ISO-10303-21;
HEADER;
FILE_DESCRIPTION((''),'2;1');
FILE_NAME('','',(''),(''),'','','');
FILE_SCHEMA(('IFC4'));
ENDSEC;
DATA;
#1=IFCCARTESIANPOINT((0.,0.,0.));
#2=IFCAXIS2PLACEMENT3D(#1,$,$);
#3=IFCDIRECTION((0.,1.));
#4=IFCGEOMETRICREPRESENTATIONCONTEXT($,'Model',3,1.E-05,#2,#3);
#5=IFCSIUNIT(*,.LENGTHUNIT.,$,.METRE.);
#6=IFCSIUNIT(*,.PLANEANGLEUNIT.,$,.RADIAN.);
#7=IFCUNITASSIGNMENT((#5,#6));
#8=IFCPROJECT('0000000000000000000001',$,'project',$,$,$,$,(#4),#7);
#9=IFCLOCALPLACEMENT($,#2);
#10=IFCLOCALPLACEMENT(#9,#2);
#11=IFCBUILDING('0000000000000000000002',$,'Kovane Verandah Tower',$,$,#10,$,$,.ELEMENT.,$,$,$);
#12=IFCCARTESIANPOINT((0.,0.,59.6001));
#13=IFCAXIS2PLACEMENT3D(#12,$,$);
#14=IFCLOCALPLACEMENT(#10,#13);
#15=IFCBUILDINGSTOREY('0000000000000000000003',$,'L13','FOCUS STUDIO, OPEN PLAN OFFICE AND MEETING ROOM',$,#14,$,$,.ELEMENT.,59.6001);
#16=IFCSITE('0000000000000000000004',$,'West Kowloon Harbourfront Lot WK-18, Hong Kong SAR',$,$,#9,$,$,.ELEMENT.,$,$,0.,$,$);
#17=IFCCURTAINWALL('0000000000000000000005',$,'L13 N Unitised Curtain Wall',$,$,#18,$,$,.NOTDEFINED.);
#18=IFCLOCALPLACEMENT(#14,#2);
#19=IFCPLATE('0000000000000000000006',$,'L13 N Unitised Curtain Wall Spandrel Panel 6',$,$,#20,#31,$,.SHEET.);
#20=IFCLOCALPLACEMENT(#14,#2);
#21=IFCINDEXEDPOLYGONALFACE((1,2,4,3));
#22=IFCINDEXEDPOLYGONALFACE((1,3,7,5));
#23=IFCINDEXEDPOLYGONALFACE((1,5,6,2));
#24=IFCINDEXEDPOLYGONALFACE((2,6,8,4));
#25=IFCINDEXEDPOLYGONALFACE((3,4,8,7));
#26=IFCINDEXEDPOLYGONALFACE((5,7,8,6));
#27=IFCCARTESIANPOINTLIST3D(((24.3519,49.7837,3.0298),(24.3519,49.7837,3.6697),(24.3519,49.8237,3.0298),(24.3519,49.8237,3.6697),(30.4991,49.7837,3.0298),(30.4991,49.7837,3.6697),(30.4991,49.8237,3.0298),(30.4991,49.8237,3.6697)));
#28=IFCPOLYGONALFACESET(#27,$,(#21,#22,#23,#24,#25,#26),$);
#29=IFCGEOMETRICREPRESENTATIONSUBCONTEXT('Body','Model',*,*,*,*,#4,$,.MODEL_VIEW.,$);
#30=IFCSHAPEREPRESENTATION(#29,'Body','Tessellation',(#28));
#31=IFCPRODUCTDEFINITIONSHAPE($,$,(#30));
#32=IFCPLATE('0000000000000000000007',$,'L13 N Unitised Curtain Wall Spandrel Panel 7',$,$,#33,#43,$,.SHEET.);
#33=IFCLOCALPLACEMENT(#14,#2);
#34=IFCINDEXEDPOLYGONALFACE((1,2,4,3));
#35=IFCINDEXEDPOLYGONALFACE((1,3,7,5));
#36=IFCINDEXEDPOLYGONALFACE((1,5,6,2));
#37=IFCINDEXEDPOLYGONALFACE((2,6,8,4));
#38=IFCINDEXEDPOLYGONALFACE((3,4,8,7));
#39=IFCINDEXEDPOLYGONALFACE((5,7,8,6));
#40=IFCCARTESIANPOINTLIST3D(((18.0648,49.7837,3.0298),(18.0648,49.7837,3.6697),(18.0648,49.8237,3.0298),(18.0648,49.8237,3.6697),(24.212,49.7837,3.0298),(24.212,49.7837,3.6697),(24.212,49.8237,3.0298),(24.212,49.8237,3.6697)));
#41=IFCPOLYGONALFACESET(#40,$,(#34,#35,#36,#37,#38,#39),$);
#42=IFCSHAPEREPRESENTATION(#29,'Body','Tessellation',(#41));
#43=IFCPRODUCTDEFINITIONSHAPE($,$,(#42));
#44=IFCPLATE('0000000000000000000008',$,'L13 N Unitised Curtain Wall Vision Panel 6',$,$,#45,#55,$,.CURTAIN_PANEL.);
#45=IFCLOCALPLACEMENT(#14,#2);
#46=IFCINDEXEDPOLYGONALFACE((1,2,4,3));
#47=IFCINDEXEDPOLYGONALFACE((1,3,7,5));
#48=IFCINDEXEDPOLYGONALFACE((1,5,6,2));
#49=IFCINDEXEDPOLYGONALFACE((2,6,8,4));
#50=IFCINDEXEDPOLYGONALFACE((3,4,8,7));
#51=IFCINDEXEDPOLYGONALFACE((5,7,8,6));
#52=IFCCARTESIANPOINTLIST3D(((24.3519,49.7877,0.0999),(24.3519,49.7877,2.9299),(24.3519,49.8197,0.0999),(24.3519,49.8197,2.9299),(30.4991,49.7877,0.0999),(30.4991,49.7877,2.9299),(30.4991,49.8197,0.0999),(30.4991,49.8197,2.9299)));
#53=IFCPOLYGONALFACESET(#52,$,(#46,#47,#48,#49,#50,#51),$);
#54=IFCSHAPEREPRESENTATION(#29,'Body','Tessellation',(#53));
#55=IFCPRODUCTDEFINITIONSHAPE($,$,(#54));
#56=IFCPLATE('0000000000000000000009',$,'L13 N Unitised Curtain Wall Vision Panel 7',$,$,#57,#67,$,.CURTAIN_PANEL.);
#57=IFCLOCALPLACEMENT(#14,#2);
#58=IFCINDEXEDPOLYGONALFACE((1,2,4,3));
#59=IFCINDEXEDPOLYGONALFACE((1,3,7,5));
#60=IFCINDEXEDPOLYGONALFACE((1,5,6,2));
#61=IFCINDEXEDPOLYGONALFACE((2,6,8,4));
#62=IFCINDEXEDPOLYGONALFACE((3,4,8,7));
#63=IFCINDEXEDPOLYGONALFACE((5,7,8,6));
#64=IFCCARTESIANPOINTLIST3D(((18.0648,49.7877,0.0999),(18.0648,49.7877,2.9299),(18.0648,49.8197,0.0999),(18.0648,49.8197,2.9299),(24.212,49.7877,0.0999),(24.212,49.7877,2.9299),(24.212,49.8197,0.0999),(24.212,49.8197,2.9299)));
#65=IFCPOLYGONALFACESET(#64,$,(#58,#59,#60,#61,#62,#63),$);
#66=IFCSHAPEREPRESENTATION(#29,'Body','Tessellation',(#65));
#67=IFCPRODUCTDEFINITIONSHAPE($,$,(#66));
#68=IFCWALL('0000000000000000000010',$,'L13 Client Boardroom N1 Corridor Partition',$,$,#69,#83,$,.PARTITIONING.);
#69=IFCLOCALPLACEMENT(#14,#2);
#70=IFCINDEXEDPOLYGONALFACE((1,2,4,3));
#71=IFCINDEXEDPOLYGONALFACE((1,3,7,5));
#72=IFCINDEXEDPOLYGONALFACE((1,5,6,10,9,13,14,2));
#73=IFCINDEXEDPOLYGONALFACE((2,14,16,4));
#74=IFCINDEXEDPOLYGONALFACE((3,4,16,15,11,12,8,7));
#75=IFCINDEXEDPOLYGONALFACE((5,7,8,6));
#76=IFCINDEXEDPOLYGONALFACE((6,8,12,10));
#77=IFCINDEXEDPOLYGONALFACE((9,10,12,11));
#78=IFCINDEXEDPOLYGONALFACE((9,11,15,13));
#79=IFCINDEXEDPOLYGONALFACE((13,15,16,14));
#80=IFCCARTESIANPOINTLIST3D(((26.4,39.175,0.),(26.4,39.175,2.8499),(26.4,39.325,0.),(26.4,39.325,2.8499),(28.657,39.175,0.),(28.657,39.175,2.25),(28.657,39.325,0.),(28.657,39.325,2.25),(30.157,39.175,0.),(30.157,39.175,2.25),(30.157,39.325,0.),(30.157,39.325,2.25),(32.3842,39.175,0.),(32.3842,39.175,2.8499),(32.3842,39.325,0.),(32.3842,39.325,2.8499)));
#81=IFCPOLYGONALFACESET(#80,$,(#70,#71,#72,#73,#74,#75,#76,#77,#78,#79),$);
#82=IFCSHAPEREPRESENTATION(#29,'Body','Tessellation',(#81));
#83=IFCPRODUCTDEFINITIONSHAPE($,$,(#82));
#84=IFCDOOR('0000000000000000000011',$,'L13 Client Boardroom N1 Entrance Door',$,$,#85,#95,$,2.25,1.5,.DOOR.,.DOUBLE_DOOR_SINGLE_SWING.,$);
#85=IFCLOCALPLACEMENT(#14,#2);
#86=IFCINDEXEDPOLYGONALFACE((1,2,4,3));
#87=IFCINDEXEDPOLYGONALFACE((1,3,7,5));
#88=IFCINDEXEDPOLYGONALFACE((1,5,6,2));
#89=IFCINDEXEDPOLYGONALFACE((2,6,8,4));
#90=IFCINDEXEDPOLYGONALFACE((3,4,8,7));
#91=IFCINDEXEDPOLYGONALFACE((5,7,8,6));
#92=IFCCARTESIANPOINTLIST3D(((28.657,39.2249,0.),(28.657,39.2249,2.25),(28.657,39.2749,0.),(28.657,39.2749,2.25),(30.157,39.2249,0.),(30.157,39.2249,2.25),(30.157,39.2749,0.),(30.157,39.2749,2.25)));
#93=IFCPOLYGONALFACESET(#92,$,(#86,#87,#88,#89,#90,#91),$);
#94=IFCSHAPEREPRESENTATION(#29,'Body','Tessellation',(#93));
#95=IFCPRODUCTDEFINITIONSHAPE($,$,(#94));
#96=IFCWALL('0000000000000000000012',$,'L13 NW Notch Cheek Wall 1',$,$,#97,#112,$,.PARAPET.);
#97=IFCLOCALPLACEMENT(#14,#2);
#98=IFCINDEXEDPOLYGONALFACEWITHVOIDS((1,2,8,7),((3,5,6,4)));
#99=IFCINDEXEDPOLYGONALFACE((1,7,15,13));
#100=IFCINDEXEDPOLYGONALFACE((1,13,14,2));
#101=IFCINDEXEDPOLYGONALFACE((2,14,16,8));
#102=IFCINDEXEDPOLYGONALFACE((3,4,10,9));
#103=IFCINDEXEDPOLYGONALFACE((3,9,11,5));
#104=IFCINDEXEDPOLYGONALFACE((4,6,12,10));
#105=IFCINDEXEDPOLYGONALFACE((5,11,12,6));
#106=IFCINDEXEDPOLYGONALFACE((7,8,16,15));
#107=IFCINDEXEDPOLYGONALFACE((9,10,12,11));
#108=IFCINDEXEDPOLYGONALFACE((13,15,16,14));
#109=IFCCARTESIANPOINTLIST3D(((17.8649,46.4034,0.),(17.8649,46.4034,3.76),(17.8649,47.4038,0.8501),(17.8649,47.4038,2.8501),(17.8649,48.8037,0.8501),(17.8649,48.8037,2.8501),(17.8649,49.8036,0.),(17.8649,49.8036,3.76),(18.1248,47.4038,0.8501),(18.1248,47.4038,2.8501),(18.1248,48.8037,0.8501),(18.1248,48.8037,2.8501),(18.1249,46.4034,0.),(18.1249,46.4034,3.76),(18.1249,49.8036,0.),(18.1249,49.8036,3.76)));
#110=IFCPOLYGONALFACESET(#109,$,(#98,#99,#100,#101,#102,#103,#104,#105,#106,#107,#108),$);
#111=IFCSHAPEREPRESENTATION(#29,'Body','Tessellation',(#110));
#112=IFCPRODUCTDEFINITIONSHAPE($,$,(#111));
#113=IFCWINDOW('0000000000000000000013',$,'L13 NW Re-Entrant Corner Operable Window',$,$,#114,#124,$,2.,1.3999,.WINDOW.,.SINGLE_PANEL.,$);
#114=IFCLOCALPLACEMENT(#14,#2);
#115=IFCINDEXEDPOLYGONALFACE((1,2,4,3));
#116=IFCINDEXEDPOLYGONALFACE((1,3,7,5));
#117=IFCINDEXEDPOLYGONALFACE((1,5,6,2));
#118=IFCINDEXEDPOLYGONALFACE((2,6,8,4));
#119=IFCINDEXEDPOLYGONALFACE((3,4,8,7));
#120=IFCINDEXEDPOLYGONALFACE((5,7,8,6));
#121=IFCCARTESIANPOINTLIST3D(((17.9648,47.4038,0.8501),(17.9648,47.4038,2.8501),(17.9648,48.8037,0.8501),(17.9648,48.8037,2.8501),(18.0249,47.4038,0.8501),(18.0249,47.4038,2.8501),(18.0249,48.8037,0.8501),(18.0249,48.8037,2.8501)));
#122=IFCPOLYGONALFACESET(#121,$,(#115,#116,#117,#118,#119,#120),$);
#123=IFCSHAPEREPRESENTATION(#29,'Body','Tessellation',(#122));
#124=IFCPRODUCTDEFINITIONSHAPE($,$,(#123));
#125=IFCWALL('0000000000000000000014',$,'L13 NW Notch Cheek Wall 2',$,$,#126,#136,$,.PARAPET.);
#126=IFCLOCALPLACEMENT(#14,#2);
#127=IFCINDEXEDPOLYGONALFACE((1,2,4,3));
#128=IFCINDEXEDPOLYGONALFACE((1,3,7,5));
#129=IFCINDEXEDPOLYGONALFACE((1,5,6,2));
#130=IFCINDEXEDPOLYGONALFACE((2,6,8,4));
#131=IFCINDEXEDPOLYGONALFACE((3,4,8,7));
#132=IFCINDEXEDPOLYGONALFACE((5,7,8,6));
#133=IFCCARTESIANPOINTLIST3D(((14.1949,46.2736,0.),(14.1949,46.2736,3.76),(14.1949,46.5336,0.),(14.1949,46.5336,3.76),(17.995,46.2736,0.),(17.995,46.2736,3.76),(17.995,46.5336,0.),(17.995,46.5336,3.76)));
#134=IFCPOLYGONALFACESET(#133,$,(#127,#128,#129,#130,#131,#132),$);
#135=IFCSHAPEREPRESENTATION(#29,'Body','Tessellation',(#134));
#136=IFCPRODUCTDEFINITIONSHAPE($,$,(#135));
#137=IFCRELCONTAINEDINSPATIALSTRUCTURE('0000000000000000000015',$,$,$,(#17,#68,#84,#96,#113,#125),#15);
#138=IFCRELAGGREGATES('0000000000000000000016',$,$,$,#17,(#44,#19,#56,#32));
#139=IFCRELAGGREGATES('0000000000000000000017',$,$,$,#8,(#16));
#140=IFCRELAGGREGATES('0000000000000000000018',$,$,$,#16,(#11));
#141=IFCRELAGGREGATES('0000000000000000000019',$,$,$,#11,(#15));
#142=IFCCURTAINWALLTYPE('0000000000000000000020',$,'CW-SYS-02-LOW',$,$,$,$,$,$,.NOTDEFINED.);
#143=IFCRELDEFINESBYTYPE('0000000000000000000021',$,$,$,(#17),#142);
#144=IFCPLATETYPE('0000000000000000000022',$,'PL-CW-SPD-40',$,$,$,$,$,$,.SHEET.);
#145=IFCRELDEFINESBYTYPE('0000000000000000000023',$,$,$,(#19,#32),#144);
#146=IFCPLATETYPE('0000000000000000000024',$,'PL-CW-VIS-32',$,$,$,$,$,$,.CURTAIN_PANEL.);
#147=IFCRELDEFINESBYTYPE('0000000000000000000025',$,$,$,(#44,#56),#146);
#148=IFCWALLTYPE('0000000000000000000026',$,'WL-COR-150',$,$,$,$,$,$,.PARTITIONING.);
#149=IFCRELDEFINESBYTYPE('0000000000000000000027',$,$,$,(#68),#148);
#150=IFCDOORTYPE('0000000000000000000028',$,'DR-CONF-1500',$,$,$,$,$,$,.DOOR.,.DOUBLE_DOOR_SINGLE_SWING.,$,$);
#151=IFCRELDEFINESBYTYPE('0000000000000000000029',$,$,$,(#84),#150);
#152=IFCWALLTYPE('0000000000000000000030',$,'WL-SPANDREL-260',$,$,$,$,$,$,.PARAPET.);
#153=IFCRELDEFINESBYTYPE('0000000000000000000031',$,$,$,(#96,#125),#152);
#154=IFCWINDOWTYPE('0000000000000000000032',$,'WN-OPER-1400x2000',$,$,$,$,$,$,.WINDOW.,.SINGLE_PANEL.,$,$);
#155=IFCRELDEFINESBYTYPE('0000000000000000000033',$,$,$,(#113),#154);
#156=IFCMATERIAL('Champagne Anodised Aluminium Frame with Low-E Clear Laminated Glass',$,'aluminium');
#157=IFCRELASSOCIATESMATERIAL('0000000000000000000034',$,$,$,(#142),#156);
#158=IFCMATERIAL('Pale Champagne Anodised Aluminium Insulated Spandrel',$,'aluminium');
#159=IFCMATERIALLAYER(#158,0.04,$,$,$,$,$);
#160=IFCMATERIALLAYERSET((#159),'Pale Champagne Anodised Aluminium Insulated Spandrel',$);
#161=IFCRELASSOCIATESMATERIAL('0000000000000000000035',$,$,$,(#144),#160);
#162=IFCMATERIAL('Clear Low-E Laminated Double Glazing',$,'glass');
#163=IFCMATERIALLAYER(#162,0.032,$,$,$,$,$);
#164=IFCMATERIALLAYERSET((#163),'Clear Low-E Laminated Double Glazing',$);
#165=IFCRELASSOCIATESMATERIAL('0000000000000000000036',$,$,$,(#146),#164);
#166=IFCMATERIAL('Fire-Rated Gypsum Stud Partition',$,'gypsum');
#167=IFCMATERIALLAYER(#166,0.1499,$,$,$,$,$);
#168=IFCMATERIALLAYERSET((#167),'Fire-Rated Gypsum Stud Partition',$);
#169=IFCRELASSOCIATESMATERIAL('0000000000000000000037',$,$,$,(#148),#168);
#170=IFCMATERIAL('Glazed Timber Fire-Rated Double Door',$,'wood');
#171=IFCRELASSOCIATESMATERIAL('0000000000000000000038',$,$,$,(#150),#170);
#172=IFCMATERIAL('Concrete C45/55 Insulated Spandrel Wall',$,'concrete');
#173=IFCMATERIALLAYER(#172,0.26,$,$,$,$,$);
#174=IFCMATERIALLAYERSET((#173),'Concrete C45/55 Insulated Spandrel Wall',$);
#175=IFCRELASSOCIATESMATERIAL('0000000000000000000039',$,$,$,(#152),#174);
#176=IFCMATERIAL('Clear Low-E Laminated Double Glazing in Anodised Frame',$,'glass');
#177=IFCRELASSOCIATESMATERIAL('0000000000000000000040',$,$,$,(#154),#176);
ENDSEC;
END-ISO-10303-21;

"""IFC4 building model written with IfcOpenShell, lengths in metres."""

from ifc_helpers import new_model, si_unit, direction, frame, frame_2d, origin, origin_2d, place, context, subcontext, project, spatial, rectangle, extrude, material, layer, layer_set, type_object, element, fill, aggregate, save


model = new_model("IFC4")

# Units and contexts
model_context = context("Model", 3, precision=1e-05, world=origin(), true_north=direction((0.0, 1.0)))
body_context = subcontext(model_context, "Body", "Model", "MODEL_VIEW")
ifc_project = project(units=[si_unit("LENGTHUNIT", "METRE"), si_unit("PLANEANGLEUNIT", "RADIAN")], contexts=[model_context])

# Site, building, storey
site_placement = place(None, origin())
site = spatial("IfcSite", under=ifc_project, at=site_placement, Name="West Kowloon Harbourfront Lot WK-18, Hong Kong SAR", CompositionType="ELEMENT", RefElevation=0.0)
building_placement = place(site_placement, origin())
building = spatial("IfcBuilding", under=site, at=building_placement, Name="Kovane Verandah Tower", CompositionType="ELEMENT")
storey_placement = place(building_placement, frame((0.0, 0.0, 59.6001)))
storey = spatial("IfcBuildingStorey", under=building, at=storey_placement, Name="L13", Description="FOCUS STUDIO, OPEN PLAN OFFICE AND MEETING ROOM", CompositionType="ELEMENT", Elevation=59.6001)

# Curtain wall
ifc_material_1 = material(Name="Champagne Anodised Aluminium Frame with Low-E Clear Laminated Glass", Category="aluminium")
curtain_wall_type = type_object("IfcCurtainWallType", Name="CW-SYS-02-LOW", PredefinedType="NOTDEFINED", material=ifc_material_1)
curtain_wall_placement = place(storey_placement, origin())
curtain_wall = element("IfcCurtainWall", 1, at=curtain_wall_placement, inside=storey, type_object=curtain_wall_type, Name="L13 N Unitised Curtain Wall", PredefinedType="NOTDEFINED")

# Plates
ifc_material_2 = material(Name="Pale Champagne Anodised Aluminium Insulated Spandrel", Category="aluminium")
ifc_layer_1 = layer(ifc_material_2, 0.04)
ifc_layer_set_1 = layer_set([ifc_layer_1], Name="Pale Champagne Anodised Aluminium Insulated Spandrel")
plate_type_1 = type_object("IfcPlateType", Name="PL-CW-SPD-40", PredefinedType="SHEET", material=ifc_layer_set_1)
plate_1_placement = place(storey_placement, frame((27.4255, 49.8037, 3.0298), z_axis=(0.0, 0.0, 1.0), x_axis=(-1.0, 0.0, 0.0)))
plate_1 = element("IfcPlate", 2, at=plate_1_placement, type_object=plate_type_1, Name="L13 N Unitised Curtain Wall Spandrel Panel 6", PredefinedType="SHEET", context=body_context, shape_type="SweptSolid", body=[
    extrude(rectangle(XDim=6.1472, YDim=0.04, at=origin_2d()), origin(), (0.0, 0.0, 1.0), 0.6399),
])
plate_2_placement = place(storey_placement, frame((21.1384, 49.8037, 3.0298), z_axis=(0.0, 0.0, 1.0), x_axis=(-1.0, 0.0, 0.0)))
plate_2 = element("IfcPlate", 3, at=plate_2_placement, type_object=plate_type_1, Name="L13 N Unitised Curtain Wall Spandrel Panel 7", PredefinedType="SHEET", context=body_context, shape_type="SweptSolid", body=[
    extrude(rectangle(XDim=6.1472, YDim=0.04, at=origin_2d()), origin(), (0.0, 0.0, 1.0), 0.6399),
])
ifc_material_3 = material(Name="Clear Low-E Laminated Double Glazing", Category="glass")
ifc_layer_2 = layer(ifc_material_3, 0.032)
ifc_layer_set_2 = layer_set([ifc_layer_2], Name="Clear Low-E Laminated Double Glazing")
plate_type_2 = type_object("IfcPlateType", Name="PL-CW-VIS-32", PredefinedType="CURTAIN_PANEL", material=ifc_layer_set_2)
plate_3_placement = place(storey_placement, frame((27.4255, 49.8037, 0.0999), z_axis=(0.0, 0.0, 1.0), x_axis=(-1.0, 0.0, 0.0)))
plate_3 = element("IfcPlate", 4, at=plate_3_placement, type_object=plate_type_2, Name="L13 N Unitised Curtain Wall Vision Panel 6", PredefinedType="CURTAIN_PANEL", context=body_context, shape_type="SweptSolid", body=[
    extrude(rectangle(XDim=6.1472, YDim=0.032, at=origin_2d()), origin(), (0.0, 0.0, 1.0), 2.8301),
])
plate_4_placement = place(storey_placement, frame((21.1384, 49.8037, 0.0999), z_axis=(0.0, 0.0, 1.0), x_axis=(-1.0, 0.0, 0.0)))
plate_4 = element("IfcPlate", 5, at=plate_4_placement, type_object=plate_type_2, Name="L13 N Unitised Curtain Wall Vision Panel 7", PredefinedType="CURTAIN_PANEL", context=body_context, shape_type="SweptSolid", body=[
    extrude(rectangle(XDim=6.1472, YDim=0.032, at=origin_2d()), origin(), (0.0, 0.0, 1.0), 2.8301),
])
aggregate(curtain_wall, [plate_3, plate_1, plate_4, plate_2])

# Wall, opening, door
ifc_material_4 = material(Name="Fire-Rated Gypsum Stud Partition", Category="gypsum")
ifc_layer_3 = layer(ifc_material_4, 0.1499)
ifc_layer_set_3 = layer_set([ifc_layer_3], Name="Fire-Rated Gypsum Stud Partition")
wall_type_1 = type_object("IfcWallType", Name="WL-COR-150", PredefinedType="PARTITIONING", material=ifc_layer_set_3)
wall_1_placement = place(storey_placement, frame((26.3999, 39.25, 0.0), z_axis=(0.0, 0.0, 1.0), x_axis=(1.0, 0.0, 0.0)))
wall_1 = element("IfcWall", 6, at=wall_1_placement, inside=storey, type_object=wall_type_1, Name="L13 Client Boardroom N1 Corridor Partition", PredefinedType="PARTITIONING", context=body_context, shape_type="SweptSolid", body=[
    extrude(rectangle(XDim=5.9841, YDim=0.1499, at=frame_2d((2.9922, 0.0))), origin(), (0.0, 0.0, 1.0), 2.8499),
])
opening_1_placement = place(wall_1_placement, frame((2.2571, 0.0, 0.0)))
opening_1 = element("IfcOpeningElement", 7, at=opening_1_placement, cuts=wall_1, PredefinedType="OPENING", context=body_context, shape_type="SweptSolid", body=[
    extrude(rectangle(XDim=1.5, YDim=2.25, at=frame_2d((0.75, 1.125))), frame((0.0, 0.075, 0.0), z_axis=(0.0, -1.0, 0.0), x_axis=(1.0, 0.0, 0.0)), (0.0, 0.0, 1.0), 0.1499),
])
ifc_material_5 = material(Name="Glazed Timber Fire-Rated Double Door", Category="wood")
door_type_1 = type_object("IfcDoorType", Name="DR-CONF-1500", OperationType="DOUBLE_DOOR_SINGLE_SWING", PredefinedType="DOOR", material=ifc_material_5)
door_1_placement = place(opening_1_placement, origin())
door_1 = element("IfcDoor", 8, at=door_1_placement, inside=storey, type_object=door_type_1, Name="L13 Client Boardroom N1 Entrance Door", OperationType="DOUBLE_DOOR_SINGLE_SWING", OverallHeight=2.25, OverallWidth=1.5, PredefinedType="DOOR", context=body_context, shape_type="SweptSolid", body=[
    extrude(rectangle(XDim=1.5, YDim=2.25, at=frame_2d((0.75, 1.125))), frame((0.0, 0.0249, 0.0), z_axis=(0.0, -1.0, 0.0), x_axis=(1.0, 0.0, 0.0)), (0.0, 0.0, 1.0), 0.05),
])
fill(opening_1, door_1)

# Shared definitions
ifc_material_6 = material(Name="Concrete C45/55 Insulated Spandrel Wall", Category="concrete")
ifc_layer_4 = layer(ifc_material_6, 0.26)
ifc_layer_set_4 = layer_set([ifc_layer_4], Name="Concrete C45/55 Insulated Spandrel Wall")
wall_type_2 = type_object("IfcWallType", Name="WL-SPANDREL-260", PredefinedType="PARAPET", material=ifc_layer_set_4)
ifc_material_7 = material(Name="Clear Low-E Laminated Double Glazing in Anodised Frame", Category="glass")

# Wall, opening, window
wall_2_placement = place(storey_placement, frame((17.9949, 49.8037, 0.0), z_axis=(0.0, 0.0, 1.0), x_axis=(0.0, -1.0, 0.0)))
wall_2 = element("IfcWall", 9, at=wall_2_placement, inside=storey, type_object=wall_type_2, Name="L13 NW Notch Cheek Wall 1", PredefinedType="PARAPET", context=body_context, shape_type="SweptSolid", body=[
    extrude(rectangle(XDim=3.4001, YDim=0.26, at=frame_2d((1.7002, 0.0))), origin(), (0.0, 0.0, 1.0), 3.76),
])
opening_2_placement = place(wall_2_placement, frame((1.0, 0.0, 0.8501)))
opening_2 = element("IfcOpeningElement", 10, at=opening_2_placement, cuts=wall_2, PredefinedType="OPENING", context=body_context, shape_type="SweptSolid", body=[
    extrude(rectangle(XDim=1.3999, YDim=2.0, at=frame_2d((0.7, 1.0))), frame((0.0, 0.1299, 0.0), z_axis=(0.0, -1.0, 0.0), x_axis=(1.0, 0.0, 0.0)), (0.0, 0.0, 1.0), 0.26),
])
window_type_1 = type_object("IfcWindowType", Name="WN-OPER-1400x2000", PartitioningType="SINGLE_PANEL", PredefinedType="WINDOW", material=ifc_material_7)
window_1_placement = place(opening_2_placement, origin())
window_1 = element("IfcWindow", 11, at=window_1_placement, inside=storey, type_object=window_type_1, Name="L13 NW Re-Entrant Corner Operable Window", OverallHeight=2.0, OverallWidth=1.3999, PartitioningType="SINGLE_PANEL", PredefinedType="WINDOW", context=body_context, shape_type="SweptSolid", body=[
    extrude(rectangle(XDim=1.3999, YDim=2.0, at=frame_2d((0.7, 1.0))), frame((0.0, 0.03, 0.0), z_axis=(0.0, -1.0, 0.0), x_axis=(1.0, 0.0, 0.0)), (0.0, 0.0, 1.0), 0.0601),
])
fill(opening_2, window_1)

# Wall
wall_3_placement = place(storey_placement, frame((17.9949, 46.4036, 0.0), z_axis=(0.0, 0.0, 1.0), x_axis=(-1.0, 0.0, 0.0)))
element("IfcWall", 12, at=wall_3_placement, inside=storey, type_object=wall_type_2, Name="L13 NW Notch Cheek Wall 2", PredefinedType="PARAPET", context=body_context, shape_type="SweptSolid", body=[
    extrude(rectangle(XDim=3.8, YDim=0.26, at=frame_2d((1.8999, 0.0))), origin(), (0.0, 0.0, 1.0), 3.76),
])

save(model, "model.ifc")
